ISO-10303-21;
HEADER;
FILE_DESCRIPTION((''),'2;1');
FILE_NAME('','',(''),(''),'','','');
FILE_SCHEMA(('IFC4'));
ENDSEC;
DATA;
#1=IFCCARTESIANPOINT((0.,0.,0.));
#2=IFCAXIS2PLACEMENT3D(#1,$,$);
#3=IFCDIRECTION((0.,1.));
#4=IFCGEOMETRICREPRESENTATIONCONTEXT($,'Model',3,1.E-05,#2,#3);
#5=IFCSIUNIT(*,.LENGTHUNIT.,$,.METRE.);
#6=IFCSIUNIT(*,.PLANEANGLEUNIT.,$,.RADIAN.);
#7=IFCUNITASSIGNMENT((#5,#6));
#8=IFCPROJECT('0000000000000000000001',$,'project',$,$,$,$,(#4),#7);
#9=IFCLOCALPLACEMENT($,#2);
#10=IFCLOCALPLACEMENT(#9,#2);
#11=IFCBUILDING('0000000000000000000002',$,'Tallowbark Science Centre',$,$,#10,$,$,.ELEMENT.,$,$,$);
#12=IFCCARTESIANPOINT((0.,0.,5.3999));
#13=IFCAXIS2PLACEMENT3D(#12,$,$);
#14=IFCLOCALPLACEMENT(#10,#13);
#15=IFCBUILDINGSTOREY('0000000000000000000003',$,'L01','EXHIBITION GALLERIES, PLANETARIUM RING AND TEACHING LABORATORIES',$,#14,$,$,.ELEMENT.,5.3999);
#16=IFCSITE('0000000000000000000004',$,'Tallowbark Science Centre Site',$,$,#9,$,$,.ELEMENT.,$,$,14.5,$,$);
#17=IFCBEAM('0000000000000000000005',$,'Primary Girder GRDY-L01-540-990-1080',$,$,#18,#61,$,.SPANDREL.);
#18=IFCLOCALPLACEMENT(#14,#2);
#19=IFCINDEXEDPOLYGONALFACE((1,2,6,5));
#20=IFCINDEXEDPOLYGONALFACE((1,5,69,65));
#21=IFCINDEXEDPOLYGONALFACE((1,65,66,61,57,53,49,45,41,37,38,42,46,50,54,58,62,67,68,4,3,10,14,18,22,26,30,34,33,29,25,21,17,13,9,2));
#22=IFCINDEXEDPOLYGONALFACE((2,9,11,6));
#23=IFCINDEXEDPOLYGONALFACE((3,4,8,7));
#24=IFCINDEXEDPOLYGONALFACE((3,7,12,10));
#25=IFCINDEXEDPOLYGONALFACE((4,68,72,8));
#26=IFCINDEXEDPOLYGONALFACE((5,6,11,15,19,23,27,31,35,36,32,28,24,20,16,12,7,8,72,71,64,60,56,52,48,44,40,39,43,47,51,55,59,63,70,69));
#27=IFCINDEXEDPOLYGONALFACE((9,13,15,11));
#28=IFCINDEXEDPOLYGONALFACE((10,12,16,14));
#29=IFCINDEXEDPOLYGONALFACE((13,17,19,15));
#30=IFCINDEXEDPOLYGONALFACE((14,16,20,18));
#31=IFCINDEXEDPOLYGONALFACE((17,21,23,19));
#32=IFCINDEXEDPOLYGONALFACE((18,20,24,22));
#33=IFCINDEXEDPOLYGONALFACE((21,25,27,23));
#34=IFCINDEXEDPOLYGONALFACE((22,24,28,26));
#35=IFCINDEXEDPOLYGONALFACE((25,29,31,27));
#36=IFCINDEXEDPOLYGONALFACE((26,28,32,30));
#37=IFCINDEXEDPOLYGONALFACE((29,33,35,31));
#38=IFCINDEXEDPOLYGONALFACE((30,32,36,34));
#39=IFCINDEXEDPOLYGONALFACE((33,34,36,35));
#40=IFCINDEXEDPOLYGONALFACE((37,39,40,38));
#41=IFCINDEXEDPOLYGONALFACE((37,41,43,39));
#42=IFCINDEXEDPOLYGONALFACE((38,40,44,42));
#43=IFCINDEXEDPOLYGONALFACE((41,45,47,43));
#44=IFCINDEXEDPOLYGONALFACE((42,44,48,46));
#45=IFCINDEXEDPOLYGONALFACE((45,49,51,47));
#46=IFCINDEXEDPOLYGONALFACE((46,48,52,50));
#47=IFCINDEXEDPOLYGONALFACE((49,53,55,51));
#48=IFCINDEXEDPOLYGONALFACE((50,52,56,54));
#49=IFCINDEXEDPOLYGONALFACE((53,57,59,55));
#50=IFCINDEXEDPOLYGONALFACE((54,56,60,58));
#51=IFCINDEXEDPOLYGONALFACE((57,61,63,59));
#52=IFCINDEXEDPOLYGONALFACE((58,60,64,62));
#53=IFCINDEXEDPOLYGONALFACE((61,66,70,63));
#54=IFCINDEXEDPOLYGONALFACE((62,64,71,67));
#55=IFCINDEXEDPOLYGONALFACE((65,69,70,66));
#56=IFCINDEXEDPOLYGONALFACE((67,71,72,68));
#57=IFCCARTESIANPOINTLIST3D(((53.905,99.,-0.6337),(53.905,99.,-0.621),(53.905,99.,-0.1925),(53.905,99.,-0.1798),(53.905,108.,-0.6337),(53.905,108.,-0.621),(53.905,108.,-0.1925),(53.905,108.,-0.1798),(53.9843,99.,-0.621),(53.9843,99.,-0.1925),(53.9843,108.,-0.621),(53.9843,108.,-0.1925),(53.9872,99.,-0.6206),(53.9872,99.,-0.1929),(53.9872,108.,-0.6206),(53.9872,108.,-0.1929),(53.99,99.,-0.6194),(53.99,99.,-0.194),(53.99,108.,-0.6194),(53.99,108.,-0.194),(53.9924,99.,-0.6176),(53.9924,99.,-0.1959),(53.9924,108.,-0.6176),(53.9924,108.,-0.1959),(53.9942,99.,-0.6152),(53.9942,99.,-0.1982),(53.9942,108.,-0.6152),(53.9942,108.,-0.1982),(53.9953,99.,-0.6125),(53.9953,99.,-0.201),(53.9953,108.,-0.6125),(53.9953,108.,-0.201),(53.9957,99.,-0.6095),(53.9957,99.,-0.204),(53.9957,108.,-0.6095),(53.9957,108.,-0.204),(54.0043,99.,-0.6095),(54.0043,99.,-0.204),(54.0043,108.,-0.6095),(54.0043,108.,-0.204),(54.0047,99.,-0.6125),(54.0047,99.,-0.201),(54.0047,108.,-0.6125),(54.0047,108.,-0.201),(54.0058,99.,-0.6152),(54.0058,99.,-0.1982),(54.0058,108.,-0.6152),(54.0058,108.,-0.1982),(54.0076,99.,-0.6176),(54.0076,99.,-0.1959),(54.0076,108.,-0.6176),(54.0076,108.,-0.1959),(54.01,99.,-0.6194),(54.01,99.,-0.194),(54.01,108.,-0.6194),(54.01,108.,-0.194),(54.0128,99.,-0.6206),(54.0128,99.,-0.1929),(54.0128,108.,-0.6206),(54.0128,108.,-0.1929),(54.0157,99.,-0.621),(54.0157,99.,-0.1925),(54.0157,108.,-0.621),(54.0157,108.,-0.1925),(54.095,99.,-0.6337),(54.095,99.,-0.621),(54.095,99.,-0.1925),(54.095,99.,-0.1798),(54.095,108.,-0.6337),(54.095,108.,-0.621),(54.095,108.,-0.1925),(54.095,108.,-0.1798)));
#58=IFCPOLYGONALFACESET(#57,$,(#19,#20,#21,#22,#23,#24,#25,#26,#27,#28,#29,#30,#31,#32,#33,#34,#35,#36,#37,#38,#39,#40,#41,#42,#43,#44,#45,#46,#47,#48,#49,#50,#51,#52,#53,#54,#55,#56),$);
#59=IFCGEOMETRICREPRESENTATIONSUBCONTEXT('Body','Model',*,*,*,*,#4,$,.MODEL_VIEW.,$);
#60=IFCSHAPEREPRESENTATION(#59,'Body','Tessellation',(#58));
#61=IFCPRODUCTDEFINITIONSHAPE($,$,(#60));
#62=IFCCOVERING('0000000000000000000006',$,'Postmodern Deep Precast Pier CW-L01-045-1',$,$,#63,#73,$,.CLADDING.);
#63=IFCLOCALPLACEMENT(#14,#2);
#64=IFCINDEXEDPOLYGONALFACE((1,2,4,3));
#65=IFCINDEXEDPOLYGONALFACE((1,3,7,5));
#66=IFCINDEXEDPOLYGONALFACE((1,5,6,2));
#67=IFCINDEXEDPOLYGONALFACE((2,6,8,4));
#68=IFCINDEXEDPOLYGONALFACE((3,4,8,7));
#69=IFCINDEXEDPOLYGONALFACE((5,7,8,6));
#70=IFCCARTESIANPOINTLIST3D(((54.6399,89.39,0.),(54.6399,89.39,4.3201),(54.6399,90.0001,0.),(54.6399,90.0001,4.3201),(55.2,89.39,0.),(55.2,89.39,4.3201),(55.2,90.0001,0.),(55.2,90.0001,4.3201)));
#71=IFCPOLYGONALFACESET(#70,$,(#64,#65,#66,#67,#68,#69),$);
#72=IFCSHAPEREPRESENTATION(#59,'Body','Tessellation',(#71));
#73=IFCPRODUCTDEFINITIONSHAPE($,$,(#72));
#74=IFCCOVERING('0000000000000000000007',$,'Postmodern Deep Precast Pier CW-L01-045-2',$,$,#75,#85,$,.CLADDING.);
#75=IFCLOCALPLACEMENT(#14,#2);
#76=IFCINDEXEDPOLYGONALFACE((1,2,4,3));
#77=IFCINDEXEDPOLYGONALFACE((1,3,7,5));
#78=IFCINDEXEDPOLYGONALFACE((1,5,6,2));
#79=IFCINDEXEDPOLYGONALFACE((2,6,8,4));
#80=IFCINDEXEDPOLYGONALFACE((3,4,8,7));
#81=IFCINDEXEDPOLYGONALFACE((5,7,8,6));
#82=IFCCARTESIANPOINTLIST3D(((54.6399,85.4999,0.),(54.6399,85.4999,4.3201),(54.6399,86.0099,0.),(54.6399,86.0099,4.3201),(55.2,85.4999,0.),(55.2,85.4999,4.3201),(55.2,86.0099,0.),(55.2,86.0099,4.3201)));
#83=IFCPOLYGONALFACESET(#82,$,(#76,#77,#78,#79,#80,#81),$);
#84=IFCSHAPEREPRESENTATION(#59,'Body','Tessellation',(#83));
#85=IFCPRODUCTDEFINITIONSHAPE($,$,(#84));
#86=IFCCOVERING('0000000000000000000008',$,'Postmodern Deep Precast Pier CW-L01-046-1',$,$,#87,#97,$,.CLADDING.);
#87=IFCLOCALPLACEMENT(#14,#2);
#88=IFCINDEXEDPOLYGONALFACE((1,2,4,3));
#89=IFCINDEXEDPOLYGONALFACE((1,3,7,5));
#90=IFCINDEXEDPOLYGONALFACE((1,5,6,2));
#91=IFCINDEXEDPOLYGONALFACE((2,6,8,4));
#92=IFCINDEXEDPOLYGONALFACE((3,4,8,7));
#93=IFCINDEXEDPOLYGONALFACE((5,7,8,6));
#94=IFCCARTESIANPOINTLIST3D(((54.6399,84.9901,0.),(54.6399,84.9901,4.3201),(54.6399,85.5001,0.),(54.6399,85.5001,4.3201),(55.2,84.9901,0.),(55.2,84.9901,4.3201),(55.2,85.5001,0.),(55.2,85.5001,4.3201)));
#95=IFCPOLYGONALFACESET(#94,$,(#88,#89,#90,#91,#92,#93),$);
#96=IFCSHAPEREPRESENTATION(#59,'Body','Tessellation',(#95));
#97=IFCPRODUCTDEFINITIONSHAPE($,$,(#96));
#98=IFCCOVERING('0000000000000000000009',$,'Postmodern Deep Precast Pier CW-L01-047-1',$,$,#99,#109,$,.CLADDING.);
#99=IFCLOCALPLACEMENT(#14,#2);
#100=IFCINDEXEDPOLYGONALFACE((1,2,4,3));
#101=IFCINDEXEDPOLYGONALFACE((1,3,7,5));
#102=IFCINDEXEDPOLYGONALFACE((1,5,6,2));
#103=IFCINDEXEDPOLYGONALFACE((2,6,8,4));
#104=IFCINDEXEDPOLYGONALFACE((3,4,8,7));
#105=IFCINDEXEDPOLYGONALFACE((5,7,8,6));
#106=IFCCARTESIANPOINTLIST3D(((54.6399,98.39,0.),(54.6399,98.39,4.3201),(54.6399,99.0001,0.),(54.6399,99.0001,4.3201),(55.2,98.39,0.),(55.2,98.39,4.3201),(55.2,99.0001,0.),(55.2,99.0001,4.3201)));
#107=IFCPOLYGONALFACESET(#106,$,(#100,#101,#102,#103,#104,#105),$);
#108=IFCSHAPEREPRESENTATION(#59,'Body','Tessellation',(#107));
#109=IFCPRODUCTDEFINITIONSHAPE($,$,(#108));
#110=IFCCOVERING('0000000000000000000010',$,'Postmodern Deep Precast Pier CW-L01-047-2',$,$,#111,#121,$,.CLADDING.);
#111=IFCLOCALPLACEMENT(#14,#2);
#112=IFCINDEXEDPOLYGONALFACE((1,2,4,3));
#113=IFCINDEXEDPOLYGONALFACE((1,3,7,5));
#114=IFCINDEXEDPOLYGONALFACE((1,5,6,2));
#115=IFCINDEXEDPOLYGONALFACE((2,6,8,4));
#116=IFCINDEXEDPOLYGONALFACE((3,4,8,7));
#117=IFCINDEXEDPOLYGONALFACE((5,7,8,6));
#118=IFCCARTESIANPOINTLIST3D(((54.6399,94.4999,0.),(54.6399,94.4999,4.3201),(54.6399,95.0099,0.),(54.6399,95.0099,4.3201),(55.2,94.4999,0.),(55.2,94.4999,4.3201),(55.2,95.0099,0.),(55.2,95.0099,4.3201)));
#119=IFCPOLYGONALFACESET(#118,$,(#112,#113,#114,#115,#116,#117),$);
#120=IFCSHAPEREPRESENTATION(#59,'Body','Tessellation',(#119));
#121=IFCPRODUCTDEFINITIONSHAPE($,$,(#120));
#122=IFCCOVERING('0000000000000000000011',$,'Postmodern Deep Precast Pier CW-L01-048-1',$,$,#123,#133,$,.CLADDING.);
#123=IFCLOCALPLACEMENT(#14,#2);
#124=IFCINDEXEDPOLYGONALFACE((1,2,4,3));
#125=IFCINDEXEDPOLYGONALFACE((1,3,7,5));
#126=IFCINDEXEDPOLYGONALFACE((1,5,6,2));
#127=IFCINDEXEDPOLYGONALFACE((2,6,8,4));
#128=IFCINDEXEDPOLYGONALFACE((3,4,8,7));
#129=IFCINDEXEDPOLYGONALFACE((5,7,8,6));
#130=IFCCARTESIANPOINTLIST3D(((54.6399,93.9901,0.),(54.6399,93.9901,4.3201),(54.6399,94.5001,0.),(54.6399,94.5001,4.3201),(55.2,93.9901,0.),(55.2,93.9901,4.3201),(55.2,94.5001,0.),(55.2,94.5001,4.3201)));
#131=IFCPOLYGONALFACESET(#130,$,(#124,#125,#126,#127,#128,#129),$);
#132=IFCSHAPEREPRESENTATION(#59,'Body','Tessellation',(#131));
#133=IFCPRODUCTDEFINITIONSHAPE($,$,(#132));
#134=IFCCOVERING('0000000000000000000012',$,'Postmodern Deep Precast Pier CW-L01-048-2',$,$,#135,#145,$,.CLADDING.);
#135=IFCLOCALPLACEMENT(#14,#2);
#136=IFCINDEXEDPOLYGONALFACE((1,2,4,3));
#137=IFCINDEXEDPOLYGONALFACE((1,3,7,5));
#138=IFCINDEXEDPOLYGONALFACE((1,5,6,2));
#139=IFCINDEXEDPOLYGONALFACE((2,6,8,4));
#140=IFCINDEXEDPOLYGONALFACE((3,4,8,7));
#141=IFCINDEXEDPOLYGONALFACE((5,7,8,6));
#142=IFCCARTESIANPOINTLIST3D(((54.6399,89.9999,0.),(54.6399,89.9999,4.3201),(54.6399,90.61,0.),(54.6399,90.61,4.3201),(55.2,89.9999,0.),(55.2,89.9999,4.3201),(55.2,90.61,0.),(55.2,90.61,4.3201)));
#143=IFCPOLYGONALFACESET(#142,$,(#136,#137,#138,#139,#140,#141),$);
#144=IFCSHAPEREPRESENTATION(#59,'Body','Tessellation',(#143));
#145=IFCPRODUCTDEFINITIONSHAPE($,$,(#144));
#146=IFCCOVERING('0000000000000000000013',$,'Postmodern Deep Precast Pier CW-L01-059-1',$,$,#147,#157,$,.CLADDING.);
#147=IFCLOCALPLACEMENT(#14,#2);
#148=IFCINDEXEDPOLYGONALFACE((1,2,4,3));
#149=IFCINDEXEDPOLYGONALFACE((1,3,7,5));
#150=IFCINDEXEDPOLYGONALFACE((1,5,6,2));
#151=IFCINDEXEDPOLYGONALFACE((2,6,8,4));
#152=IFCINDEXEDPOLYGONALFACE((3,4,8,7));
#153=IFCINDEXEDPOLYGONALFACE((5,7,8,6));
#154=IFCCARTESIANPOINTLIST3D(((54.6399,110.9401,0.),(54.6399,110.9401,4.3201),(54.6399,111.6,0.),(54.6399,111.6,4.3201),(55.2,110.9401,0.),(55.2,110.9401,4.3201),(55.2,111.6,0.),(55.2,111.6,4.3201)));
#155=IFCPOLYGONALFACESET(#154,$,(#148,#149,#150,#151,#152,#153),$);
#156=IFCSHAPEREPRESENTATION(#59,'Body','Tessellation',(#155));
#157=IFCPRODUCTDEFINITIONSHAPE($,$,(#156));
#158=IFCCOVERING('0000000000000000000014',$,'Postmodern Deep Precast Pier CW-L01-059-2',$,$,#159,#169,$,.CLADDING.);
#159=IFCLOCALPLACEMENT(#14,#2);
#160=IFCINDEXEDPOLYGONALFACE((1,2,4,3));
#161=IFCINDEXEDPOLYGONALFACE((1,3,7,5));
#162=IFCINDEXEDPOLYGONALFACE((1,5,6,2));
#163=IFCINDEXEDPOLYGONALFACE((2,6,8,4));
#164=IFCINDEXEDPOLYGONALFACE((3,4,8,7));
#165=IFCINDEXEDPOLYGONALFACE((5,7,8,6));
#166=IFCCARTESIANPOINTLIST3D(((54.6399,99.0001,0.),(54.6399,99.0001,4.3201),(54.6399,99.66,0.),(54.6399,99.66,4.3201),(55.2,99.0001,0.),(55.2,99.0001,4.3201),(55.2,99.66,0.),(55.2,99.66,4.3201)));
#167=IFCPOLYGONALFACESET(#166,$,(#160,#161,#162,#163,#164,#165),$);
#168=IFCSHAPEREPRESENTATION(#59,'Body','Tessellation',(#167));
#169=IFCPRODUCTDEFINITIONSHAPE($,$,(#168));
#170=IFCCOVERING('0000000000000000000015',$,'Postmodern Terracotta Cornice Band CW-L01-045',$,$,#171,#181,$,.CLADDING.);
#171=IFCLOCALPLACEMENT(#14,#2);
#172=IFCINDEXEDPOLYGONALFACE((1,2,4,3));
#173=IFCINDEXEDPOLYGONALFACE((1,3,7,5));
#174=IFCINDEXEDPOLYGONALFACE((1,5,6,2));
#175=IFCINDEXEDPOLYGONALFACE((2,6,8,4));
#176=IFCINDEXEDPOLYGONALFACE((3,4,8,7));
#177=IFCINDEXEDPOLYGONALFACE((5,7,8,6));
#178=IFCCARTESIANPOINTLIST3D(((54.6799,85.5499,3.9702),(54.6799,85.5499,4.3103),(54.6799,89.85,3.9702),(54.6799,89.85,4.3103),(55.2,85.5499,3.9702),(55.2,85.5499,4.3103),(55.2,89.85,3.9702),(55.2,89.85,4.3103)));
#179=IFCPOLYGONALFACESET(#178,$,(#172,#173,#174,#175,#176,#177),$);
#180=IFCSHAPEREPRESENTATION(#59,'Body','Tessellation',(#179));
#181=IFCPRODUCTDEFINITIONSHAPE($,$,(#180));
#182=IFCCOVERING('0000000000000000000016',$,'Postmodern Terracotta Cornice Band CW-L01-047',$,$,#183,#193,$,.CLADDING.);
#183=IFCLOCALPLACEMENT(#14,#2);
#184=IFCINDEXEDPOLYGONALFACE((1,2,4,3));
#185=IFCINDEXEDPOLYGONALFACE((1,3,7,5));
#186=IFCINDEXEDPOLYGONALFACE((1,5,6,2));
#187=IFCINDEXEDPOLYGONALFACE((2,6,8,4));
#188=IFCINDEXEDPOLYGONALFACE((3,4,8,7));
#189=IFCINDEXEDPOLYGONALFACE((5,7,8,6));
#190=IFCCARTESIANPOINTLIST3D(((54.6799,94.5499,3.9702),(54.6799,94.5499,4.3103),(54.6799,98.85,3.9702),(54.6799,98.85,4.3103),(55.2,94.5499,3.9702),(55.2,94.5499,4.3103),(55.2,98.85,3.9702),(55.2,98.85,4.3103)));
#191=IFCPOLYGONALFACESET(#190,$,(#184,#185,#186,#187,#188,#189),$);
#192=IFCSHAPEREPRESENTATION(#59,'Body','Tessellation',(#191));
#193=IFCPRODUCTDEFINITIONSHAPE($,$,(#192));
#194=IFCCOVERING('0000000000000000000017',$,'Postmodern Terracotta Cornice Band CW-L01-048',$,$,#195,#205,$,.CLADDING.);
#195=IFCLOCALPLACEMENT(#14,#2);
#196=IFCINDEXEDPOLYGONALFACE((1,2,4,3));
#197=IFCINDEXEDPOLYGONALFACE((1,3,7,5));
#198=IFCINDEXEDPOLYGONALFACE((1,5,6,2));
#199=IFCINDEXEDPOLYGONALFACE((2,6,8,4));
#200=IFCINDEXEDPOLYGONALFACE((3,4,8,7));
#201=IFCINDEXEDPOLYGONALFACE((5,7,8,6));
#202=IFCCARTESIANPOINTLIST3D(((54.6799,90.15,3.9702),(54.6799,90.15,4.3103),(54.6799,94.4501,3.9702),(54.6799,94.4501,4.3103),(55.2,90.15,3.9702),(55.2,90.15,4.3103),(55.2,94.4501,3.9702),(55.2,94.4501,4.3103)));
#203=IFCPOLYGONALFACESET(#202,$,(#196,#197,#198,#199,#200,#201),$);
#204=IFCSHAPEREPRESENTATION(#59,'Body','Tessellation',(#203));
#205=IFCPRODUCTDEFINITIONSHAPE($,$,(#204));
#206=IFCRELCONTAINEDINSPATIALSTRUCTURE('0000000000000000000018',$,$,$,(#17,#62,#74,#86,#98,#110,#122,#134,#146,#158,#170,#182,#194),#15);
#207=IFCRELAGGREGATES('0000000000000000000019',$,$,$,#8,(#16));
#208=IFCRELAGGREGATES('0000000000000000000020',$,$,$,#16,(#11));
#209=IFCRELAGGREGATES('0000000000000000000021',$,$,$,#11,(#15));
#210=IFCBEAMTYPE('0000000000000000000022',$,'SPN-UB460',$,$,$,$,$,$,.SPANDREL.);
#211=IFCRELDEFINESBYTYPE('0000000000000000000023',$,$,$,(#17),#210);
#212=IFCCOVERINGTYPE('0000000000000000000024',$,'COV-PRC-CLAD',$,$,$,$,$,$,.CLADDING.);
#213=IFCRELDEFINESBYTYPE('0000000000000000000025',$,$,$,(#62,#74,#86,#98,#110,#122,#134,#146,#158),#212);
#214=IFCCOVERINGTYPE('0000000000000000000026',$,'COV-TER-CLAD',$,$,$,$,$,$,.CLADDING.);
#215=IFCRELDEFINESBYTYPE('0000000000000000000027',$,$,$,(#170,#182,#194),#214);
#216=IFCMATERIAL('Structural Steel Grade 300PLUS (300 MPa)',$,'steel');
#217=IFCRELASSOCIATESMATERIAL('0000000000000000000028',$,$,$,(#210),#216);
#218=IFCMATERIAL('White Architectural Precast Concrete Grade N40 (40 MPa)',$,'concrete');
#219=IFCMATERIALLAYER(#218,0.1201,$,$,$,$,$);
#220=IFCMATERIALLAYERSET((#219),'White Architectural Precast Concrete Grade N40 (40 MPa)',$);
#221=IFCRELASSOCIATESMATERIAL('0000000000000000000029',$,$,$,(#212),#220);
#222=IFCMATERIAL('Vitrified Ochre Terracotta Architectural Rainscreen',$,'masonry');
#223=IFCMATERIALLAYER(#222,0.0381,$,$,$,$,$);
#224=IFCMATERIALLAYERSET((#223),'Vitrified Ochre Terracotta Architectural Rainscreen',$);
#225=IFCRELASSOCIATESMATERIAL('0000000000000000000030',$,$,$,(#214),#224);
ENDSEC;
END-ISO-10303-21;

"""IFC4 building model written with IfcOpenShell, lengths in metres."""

from ifc_helpers import new_model, si_unit, direction, frame, origin, origin_2d, place, context, subcontext, project, spatial, rectangle, i_section, extrude, material, layer, layer_set, material_profile, profile_set, type_object, element, save


model = new_model("IFC4")

# Units and contexts
model_context = context("Model", 3, precision=1e-05, world=origin(), true_north=direction((0.0, 1.0)))
body_context = subcontext(model_context, "Body", "Model", "MODEL_VIEW")
ifc_project = project(units=[si_unit("LENGTHUNIT", "METRE"), si_unit("PLANEANGLEUNIT", "RADIAN")], contexts=[model_context])

# Site, building, storey
site_placement = place(None, origin())
site = spatial("IfcSite", under=ifc_project, at=site_placement, Name="Tallowbark Science Centre Site", CompositionType="ELEMENT", RefElevation=14.5)
building_placement = place(site_placement, origin())
building = spatial("IfcBuilding", under=site, at=building_placement, Name="Tallowbark Science Centre", CompositionType="ELEMENT")
storey_placement = place(building_placement, frame((0.0, 0.0, 5.3999)))
storey = spatial("IfcBuildingStorey", under=building, at=storey_placement, Name="L01", Description="EXHIBITION GALLERIES, PLANETARIUM RING AND TEACHING LABORATORIES", CompositionType="ELEMENT", Elevation=5.3999)

# Shared definitions
ifc_material_1 = material(Name="Structural Steel Grade 300PLUS (300 MPa)", Category="steel")

# Beam
ifc_material_profile_1 = material_profile(ifc_material_1, i_section(OverallWidth=0.1899, OverallDepth=0.4539, WebThickness=0.0085, FlangeThickness=0.0127, FilletRadius=0.0115, at=origin_2d()), Name="460UB67.1")
ifc_profile_set_1 = profile_set([ifc_material_profile_1], Name="Structural Steel Grade 300PLUS (300 MPa)")
beam_type = type_object("IfcBeamType", Name="SPN-UB460", PredefinedType="SPANDREL", material=ifc_profile_set_1)
for number, where, z_axis, x_axis, name in (
    (1, (54.0, 99.0, -0.4067), (0.0, 1.0, 0.0), (-1.0, 0.0, 0.0), "Primary Girder GRDY-L01-540-990-1080"),
):
    element("IfcBeam", number, at=place(storey_placement, frame(where, z_axis=z_axis, x_axis=x_axis)), inside=storey, type_object=beam_type, Name=name, PredefinedType="SPANDREL", context=body_context, shape_type="SweptSolid", body=[
        extrude(i_section(OverallWidth=0.1899, OverallDepth=0.4539, WebThickness=0.0085, FlangeThickness=0.0127, FilletRadius=0.0115, at=origin_2d()), origin(), (0.0, 0.0, 1.0), 9.0),
    ])

# Coverings
ifc_material_2 = material(Name="White Architectural Precast Concrete Grade N40 (40 MPa)", Category="concrete")
ifc_layer_1 = layer(ifc_material_2, 0.1201)
ifc_layer_set_1 = layer_set([ifc_layer_1], Name="White Architectural Precast Concrete Grade N40 (40 MPa)")
covering_type_1 = type_object("IfcCoveringType", Name="COV-PRC-CLAD", PredefinedType="CLADDING", material=ifc_layer_set_1)
covering_1_placement = place(storey_placement, frame((54.9199, 89.6951, 0.0), z_axis=(0.0, 0.0, 1.0), x_axis=(0.0, -1.0, 0.0)))
element("IfcCovering", 2, at=covering_1_placement, inside=storey, type_object=covering_type_1, Name="Postmodern Deep Precast Pier CW-L01-045-1", PredefinedType="CLADDING", context=body_context, shape_type="SweptSolid", body=[
    extrude(rectangle(XDim=0.6101, YDim=0.5601, at=origin_2d()), origin(), (0.0, 0.0, 1.0), 4.3201),
])
for number, where, z_axis, x_axis, name in (
    (3, (54.9199, 85.7549, 0.0), (0.0, 0.0, 1.0), (0.0, -1.0, 0.0), "Postmodern Deep Precast Pier CW-L01-045-2"),
    (4, (54.9199, 85.2451, 0.0), (0.0, 0.0, 1.0), (0.0, -1.0, 0.0), "Postmodern Deep Precast Pier CW-L01-046-1"),
):
    element("IfcCovering", number, at=place(storey_placement, frame(where, z_axis=z_axis, x_axis=x_axis)), inside=storey, type_object=covering_type_1, Name=name, PredefinedType="CLADDING", context=body_context, shape_type="SweptSolid", body=[
        extrude(rectangle(XDim=0.51, YDim=0.5601, at=origin_2d()), origin(), (0.0, 0.0, 1.0), 4.3201),
    ])
covering_2_placement = place(storey_placement, frame((54.9199, 98.6951, 0.0), z_axis=(0.0, 0.0, 1.0), x_axis=(0.0, -1.0, 0.0)))
element("IfcCovering", 5, at=covering_2_placement, inside=storey, type_object=covering_type_1, Name="Postmodern Deep Precast Pier CW-L01-047-1", PredefinedType="CLADDING", context=body_context, shape_type="SweptSolid", body=[
    extrude(rectangle(XDim=0.6101, YDim=0.5601, at=origin_2d()), origin(), (0.0, 0.0, 1.0), 4.3201),
])
for number, where, z_axis, x_axis, name in (
    (6, (54.9199, 94.7549, 0.0), (0.0, 0.0, 1.0), (0.0, -1.0, 0.0), "Postmodern Deep Precast Pier CW-L01-047-2"),
    (7, (54.9199, 94.2451, 0.0), (0.0, 0.0, 1.0), (0.0, -1.0, 0.0), "Postmodern Deep Precast Pier CW-L01-048-1"),
):
    element("IfcCovering", number, at=place(storey_placement, frame(where, z_axis=z_axis, x_axis=x_axis)), inside=storey, type_object=covering_type_1, Name=name, PredefinedType="CLADDING", context=body_context, shape_type="SweptSolid", body=[
        extrude(rectangle(XDim=0.51, YDim=0.5601, at=origin_2d()), origin(), (0.0, 0.0, 1.0), 4.3201),
    ])
covering_3_placement = place(storey_placement, frame((54.9199, 90.3049, 0.0), z_axis=(0.0, 0.0, 1.0), x_axis=(0.0, -1.0, 0.0)))
element("IfcCovering", 8, at=covering_3_placement, inside=storey, type_object=covering_type_1, Name="Postmodern Deep Precast Pier CW-L01-048-2", PredefinedType="CLADDING", context=body_context, shape_type="SweptSolid", body=[
    extrude(rectangle(XDim=0.6101, YDim=0.5601, at=origin_2d()), origin(), (0.0, 0.0, 1.0), 4.3201),
])
for number, where, z_axis, x_axis, name in (
    (9, (54.9199, 111.27, 0.0), (0.0, 0.0, 1.0), (0.0, -1.0, 0.0), "Postmodern Deep Precast Pier CW-L01-059-1"),
    (10, (54.9199, 99.3301, 0.0), (0.0, 0.0, 1.0), (0.0, -1.0, 0.0), "Postmodern Deep Precast Pier CW-L01-059-2"),
):
    element("IfcCovering", number, at=place(storey_placement, frame(where, z_axis=z_axis, x_axis=x_axis)), inside=storey, type_object=covering_type_1, Name=name, PredefinedType="CLADDING", context=body_context, shape_type="SweptSolid", body=[
        extrude(rectangle(XDim=0.6599, YDim=0.5601, at=origin_2d()), origin(), (0.0, 0.0, 1.0), 4.3201),
    ])
ifc_material_3 = material(Name="Vitrified Ochre Terracotta Architectural Rainscreen", Category="masonry")
ifc_layer_2 = layer(ifc_material_3, 0.0381)
ifc_layer_set_2 = layer_set([ifc_layer_2], Name="Vitrified Ochre Terracotta Architectural Rainscreen")
covering_type_2 = type_object("IfcCoveringType", Name="COV-TER-CLAD", PredefinedType="CLADDING", material=ifc_layer_set_2)
for number, where, z_axis, x_axis, name in (
    (11, (54.9399, 87.7, 3.9702), (0.0, 0.0, 1.0), (0.0, -1.0, 0.0), "Postmodern Terracotta Cornice Band CW-L01-045"),
    (12, (54.9399, 96.7, 3.9702), (0.0, 0.0, 1.0), (0.0, -1.0, 0.0), "Postmodern Terracotta Cornice Band CW-L01-047"),
    (13, (54.9399, 92.3, 3.9702), (0.0, 0.0, 1.0), (0.0, -1.0, 0.0), "Postmodern Terracotta Cornice Band CW-L01-048"),
):
    element("IfcCovering", number, at=place(storey_placement, frame(where, z_axis=z_axis, x_axis=x_axis)), inside=storey, type_object=covering_type_2, Name=name, PredefinedType="CLADDING", context=body_context, shape_type="SweptSolid", body=[
        extrude(rectangle(XDim=4.3, YDim=0.52, at=origin_2d()), origin(), (0.0, 0.0, 1.0), 0.3401),
    ])

save(model, "model.ifc")
